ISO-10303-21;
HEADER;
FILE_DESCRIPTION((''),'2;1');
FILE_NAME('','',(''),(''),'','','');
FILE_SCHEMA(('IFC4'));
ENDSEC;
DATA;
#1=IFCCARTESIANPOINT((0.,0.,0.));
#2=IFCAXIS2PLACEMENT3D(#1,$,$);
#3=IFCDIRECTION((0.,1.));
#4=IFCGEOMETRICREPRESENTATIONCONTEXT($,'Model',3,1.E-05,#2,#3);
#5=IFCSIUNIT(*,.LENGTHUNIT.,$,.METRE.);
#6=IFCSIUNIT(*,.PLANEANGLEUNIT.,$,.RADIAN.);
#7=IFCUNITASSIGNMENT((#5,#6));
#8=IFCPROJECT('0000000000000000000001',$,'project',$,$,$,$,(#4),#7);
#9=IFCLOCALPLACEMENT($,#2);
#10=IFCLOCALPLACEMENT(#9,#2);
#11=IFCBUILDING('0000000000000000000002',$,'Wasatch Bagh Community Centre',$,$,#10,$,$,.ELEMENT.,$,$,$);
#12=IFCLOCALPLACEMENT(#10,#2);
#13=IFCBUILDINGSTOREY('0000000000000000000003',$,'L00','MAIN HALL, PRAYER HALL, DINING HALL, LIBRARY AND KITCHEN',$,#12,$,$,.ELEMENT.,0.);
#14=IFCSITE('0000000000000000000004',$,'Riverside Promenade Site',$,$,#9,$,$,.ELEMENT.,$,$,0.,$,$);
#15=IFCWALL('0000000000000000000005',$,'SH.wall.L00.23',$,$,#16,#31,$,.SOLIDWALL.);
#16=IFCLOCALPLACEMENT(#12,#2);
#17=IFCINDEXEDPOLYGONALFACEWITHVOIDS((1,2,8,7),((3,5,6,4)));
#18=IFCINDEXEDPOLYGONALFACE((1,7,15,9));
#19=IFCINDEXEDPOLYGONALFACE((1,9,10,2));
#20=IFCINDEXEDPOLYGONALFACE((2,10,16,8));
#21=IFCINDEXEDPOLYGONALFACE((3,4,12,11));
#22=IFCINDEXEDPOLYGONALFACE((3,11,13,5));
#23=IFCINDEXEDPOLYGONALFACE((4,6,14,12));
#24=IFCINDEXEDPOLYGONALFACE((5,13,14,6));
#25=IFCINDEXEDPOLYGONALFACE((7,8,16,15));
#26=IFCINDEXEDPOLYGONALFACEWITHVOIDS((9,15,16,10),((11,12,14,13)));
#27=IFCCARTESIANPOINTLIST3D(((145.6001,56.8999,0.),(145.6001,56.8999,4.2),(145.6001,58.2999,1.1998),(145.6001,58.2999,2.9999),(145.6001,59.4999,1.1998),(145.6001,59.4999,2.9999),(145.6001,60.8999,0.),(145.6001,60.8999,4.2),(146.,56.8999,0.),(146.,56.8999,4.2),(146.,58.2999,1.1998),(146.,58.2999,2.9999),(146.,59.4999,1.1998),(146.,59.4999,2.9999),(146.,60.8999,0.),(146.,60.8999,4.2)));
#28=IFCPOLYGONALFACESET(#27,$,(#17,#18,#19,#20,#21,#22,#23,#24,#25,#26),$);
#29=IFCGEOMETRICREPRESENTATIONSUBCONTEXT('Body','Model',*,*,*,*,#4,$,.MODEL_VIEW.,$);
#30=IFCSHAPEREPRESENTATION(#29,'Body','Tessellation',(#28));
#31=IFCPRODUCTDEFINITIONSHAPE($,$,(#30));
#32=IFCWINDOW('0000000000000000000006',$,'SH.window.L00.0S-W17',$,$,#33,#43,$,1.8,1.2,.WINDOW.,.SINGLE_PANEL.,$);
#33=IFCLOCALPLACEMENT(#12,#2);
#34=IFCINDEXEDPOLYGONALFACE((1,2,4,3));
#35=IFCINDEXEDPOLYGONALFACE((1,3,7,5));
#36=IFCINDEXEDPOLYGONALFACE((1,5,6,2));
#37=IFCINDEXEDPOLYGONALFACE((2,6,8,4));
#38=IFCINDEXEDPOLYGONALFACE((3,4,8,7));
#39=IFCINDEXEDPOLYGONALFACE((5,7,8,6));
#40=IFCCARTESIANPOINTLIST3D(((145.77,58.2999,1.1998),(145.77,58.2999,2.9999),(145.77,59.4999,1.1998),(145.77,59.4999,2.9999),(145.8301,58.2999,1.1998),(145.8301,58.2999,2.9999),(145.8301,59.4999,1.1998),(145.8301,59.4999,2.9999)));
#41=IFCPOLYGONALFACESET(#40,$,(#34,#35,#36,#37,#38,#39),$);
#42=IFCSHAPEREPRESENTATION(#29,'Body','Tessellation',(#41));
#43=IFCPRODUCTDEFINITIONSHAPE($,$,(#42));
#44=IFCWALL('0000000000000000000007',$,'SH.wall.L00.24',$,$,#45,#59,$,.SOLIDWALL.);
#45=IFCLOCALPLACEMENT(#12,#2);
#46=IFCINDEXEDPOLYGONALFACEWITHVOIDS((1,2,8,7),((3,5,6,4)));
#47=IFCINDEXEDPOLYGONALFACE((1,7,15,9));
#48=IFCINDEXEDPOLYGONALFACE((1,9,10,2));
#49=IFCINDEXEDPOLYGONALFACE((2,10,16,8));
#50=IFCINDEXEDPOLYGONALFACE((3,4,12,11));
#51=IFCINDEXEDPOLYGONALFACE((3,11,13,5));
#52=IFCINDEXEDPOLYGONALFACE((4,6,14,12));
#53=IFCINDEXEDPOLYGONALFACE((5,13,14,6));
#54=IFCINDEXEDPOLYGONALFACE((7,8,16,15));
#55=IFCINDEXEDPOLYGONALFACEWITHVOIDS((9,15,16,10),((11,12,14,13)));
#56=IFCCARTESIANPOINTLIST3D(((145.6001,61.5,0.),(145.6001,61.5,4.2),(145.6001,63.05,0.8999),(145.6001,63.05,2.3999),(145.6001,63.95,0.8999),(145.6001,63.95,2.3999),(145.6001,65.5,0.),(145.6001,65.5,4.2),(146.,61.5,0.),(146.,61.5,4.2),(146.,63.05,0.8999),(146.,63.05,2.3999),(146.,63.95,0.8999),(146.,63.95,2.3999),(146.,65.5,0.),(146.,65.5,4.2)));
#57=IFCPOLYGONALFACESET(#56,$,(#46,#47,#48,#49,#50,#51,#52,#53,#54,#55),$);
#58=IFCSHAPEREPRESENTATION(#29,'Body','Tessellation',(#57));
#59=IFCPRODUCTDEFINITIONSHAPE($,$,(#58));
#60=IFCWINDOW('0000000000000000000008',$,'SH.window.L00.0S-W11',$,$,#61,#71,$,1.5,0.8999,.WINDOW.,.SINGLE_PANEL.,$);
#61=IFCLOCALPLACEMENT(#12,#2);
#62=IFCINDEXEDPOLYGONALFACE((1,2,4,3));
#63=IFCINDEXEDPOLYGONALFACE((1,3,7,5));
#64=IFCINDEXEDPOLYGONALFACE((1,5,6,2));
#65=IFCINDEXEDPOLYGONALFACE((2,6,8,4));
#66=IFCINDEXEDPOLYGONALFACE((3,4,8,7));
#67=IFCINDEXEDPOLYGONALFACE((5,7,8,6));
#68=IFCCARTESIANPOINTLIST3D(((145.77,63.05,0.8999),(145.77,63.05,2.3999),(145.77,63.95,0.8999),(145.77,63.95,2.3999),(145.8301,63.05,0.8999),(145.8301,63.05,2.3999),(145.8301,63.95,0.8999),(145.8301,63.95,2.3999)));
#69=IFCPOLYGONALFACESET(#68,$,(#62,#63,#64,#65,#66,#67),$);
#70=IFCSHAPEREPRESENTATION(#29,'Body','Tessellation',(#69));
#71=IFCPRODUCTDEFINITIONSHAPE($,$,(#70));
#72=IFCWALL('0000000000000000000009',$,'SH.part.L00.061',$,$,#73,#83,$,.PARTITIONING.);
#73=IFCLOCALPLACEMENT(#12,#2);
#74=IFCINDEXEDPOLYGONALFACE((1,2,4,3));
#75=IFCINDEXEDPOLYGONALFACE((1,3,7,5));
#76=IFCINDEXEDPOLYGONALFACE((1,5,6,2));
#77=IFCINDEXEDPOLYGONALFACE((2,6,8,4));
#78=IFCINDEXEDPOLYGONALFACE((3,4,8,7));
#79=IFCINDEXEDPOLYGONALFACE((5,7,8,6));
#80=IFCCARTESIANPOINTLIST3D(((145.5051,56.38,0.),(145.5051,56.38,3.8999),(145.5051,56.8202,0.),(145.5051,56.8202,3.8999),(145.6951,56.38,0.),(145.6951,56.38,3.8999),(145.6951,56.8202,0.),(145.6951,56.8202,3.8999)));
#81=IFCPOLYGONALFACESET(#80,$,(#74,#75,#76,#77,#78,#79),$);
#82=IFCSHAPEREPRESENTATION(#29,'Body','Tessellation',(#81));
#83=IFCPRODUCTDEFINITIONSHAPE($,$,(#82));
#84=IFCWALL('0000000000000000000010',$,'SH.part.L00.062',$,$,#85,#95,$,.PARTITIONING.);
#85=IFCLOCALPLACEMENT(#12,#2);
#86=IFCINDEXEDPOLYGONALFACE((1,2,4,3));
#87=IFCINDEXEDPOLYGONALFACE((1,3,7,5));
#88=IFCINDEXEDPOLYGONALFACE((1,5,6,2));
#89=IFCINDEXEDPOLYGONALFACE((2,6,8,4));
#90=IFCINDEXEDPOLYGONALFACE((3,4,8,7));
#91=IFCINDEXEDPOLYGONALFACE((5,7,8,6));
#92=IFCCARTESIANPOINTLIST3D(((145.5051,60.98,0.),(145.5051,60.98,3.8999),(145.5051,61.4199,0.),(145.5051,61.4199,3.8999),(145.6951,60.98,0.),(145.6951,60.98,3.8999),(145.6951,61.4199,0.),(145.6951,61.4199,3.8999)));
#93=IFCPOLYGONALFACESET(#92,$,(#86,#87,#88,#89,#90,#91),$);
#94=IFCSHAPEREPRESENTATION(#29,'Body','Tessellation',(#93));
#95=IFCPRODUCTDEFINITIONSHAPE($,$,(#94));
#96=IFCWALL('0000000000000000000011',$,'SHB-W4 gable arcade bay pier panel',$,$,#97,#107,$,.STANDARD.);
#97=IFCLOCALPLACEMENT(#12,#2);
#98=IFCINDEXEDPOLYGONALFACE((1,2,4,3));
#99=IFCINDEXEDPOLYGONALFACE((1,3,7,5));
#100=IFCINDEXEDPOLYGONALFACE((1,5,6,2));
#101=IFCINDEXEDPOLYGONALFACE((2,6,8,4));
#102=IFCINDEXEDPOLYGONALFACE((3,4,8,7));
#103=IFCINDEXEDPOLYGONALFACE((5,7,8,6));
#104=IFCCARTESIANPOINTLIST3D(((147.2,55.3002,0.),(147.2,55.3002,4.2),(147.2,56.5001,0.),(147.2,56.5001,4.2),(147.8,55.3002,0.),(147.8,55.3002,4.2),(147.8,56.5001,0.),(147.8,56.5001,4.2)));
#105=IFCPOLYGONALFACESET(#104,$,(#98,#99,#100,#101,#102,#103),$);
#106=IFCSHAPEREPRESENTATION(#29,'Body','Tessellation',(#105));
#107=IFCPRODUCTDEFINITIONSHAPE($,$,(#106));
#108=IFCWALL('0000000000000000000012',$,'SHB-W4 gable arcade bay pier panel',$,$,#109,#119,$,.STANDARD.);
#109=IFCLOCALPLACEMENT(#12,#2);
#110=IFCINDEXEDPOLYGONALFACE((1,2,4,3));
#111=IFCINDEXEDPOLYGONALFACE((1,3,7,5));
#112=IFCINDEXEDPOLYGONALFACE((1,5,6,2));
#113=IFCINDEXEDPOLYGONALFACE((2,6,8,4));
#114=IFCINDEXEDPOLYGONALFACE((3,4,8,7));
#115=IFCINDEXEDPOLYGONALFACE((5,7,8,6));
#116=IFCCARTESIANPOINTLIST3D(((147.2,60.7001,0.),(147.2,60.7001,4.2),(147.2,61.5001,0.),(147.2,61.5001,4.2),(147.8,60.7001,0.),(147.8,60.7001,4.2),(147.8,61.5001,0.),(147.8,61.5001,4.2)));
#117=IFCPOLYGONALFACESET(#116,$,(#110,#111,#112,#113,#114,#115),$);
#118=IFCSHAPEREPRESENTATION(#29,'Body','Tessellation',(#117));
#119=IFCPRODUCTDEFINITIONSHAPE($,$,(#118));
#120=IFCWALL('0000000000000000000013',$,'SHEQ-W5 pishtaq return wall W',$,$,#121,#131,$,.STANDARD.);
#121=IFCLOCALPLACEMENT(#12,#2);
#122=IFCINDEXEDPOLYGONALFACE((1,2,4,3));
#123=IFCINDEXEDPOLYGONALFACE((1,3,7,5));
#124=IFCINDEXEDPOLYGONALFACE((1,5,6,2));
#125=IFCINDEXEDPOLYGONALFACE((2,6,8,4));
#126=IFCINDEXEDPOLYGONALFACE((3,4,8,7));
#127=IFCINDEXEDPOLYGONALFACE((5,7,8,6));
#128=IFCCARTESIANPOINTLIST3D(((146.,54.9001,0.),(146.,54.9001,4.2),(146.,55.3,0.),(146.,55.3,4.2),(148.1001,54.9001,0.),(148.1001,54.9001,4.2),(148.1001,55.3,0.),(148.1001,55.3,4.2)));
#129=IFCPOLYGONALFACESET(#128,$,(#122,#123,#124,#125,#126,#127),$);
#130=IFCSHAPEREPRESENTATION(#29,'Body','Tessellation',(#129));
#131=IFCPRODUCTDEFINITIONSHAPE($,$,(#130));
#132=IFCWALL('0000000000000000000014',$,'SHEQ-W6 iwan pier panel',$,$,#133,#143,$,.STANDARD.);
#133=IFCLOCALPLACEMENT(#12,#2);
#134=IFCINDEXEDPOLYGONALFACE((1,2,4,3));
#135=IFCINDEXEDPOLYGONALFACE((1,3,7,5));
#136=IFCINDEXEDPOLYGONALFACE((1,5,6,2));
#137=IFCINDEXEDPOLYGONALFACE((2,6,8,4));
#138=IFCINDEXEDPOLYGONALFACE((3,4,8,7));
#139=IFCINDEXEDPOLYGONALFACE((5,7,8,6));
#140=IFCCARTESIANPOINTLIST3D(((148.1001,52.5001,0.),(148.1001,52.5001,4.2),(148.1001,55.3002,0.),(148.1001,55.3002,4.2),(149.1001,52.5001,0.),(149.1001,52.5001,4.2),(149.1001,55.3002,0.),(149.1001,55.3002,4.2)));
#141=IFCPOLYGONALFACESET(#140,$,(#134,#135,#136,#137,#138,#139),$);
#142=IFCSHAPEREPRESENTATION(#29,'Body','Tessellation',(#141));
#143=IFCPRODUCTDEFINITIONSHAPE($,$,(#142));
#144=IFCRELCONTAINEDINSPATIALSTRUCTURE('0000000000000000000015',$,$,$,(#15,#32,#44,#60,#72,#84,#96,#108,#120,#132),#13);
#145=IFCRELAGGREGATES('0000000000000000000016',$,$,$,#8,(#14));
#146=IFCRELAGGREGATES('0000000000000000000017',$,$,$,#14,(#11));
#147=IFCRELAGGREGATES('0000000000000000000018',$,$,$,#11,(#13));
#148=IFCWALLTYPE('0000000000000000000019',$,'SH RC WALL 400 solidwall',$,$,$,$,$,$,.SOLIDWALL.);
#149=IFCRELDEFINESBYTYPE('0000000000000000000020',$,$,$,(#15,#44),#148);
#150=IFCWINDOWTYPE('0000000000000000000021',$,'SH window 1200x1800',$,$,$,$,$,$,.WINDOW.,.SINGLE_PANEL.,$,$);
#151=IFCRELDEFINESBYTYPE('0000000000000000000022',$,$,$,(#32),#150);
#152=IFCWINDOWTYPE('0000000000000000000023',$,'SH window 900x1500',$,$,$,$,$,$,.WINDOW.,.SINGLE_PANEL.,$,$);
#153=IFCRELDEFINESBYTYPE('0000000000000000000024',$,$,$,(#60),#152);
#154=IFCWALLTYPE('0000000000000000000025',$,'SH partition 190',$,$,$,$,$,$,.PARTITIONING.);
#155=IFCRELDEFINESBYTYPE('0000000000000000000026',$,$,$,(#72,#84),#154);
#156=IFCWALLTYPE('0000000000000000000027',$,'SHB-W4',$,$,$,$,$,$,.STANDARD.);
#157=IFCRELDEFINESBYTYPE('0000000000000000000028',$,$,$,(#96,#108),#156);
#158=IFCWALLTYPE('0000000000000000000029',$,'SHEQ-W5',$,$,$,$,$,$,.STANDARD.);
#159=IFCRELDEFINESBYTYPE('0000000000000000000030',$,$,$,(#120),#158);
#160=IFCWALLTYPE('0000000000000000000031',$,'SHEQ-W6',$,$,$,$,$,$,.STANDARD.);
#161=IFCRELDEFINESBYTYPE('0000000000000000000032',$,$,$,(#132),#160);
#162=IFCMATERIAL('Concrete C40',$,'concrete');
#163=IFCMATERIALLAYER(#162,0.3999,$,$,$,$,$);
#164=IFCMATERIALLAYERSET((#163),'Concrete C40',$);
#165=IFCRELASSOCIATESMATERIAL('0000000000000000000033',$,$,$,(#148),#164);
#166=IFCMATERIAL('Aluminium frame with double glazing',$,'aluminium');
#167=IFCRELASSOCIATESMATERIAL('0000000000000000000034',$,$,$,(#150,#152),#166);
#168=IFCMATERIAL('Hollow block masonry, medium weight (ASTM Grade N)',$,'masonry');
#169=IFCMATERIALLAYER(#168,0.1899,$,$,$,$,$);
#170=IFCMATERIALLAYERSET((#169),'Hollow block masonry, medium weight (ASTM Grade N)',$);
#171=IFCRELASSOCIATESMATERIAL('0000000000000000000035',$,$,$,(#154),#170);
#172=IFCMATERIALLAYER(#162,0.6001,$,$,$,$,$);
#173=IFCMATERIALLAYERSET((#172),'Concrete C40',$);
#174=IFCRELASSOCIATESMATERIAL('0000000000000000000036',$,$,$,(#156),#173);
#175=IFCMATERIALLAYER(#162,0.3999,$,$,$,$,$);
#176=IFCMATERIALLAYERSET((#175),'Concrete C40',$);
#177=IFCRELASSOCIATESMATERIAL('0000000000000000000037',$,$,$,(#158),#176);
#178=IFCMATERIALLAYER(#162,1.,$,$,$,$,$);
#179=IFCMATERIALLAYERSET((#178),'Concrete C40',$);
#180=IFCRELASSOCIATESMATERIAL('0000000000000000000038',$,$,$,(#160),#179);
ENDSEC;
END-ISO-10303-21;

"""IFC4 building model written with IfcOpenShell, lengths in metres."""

from ifc_helpers import new_model, si_unit, direction, frame, frame_2d, origin, place, context, subcontext, project, spatial, rectangle, extrude, material, layer, layer_set, type_object, element, fill, save


model = new_model("IFC4")

# Units and contexts
model_context = context("Model", 3, precision=1e-05, world=origin(), true_north=direction((0.0, 1.0)))
body_context = subcontext(model_context, "Body", "Model", "MODEL_VIEW")
ifc_project = project(units=[si_unit("LENGTHUNIT", "METRE"), si_unit("PLANEANGLEUNIT", "RADIAN")], contexts=[model_context])

# Site, building, storey
site_placement = place(None, origin())
site = spatial("IfcSite", under=ifc_project, at=site_placement, Name="Riverside Promenade Site", CompositionType="ELEMENT", RefElevation=0.0)
building_placement = place(site_placement, origin())
building = spatial("IfcBuilding", under=site, at=building_placement, Name="Wasatch Bagh Community Centre", CompositionType="ELEMENT")
storey_placement = place(building_placement, origin())
storey = spatial("IfcBuildingStorey", under=building, at=storey_placement, Name="L00", Description="MAIN HALL, PRAYER HALL, DINING HALL, LIBRARY AND KITCHEN", CompositionType="ELEMENT", Elevation=0.0)

# Shared definitions
ifc_material_1 = material(Name="Concrete C40", Category="concrete")

# Walls, openings, windows
ifc_layer_1 = layer(ifc_material_1, 0.3999)
ifc_layer_set_1 = layer_set([ifc_layer_1], Name="Concrete C40")
wall_type_1 = type_object("IfcWallType", Name="SH RC WALL 400 solidwall", PredefinedType="SOLIDWALL", material=ifc_layer_set_1)
wall_1_placement = place(storey_placement, frame((145.8, 56.8999, 0.0), z_axis=(0.0, 0.0, 1.0), x_axis=(0.0, 1.0, 0.0)))
wall_1 = element("IfcWall", 1, at=wall_1_placement, inside=storey, type_object=wall_type_1, Name="SH.wall.L00.23", PredefinedType="SOLIDWALL", context=body_context, shape_type="SweptSolid", body=[
    extrude(rectangle(XDim=4.0, YDim=0.3999, at=frame_2d((2.0, 0.0))), origin(), (0.0, 0.0, 1.0), 4.2),
])
opening_1_placement = place(wall_1_placement, frame((1.3999, 0.0, 1.2)))
opening_1 = element("IfcOpeningElement", 2, at=opening_1_placement, cuts=wall_1, PredefinedType="OPENING", context=body_context, shape_type="SweptSolid", body=[
    extrude(rectangle(XDim=1.2, YDim=1.8, at=frame_2d((0.6001, 0.8999))), frame((0.0, 0.21, 0.0), z_axis=(0.0, -1.0, 0.0), x_axis=(1.0, 0.0, 0.0)), (0.0, 0.0, 1.0), 0.4199),
])
ifc_material_2 = material(Name="Aluminium frame with double glazing", Category="aluminium")
window_type_1 = type_object("IfcWindowType", Name="SH window 1200x1800", PartitioningType="SINGLE_PANEL", PredefinedType="WINDOW", material=ifc_material_2)
window_1_placement = place(opening_1_placement, origin())
window_1 = element("IfcWindow", 3, at=window_1_placement, inside=storey, type_object=window_type_1, Name="SH.window.L00.0S-W17", OverallHeight=1.8, OverallWidth=1.2, PartitioningType="SINGLE_PANEL", PredefinedType="WINDOW", context=body_context, shape_type="SweptSolid", body=[
    extrude(rectangle(XDim=1.2, YDim=1.8, at=frame_2d((0.6001, 0.8999))), frame((0.0, 0.03, 0.0), z_axis=(0.0, -1.0, 0.0), x_axis=(1.0, 0.0, 0.0)), (0.0, 0.0, 1.0), 0.0601),
])
fill(opening_1, window_1)
wall_2_placement = place(storey_placement, frame((145.8, 61.5, 0.0), z_axis=(0.0, 0.0, 1.0), x_axis=(0.0, 1.0, 0.0)))
wall_2 = element("IfcWall", 4, at=wall_2_placement, inside=storey, type_object=wall_type_1, Name="SH.wall.L00.24", PredefinedType="SOLIDWALL", context=body_context, shape_type="SweptSolid", body=[
    extrude(rectangle(XDim=4.0, YDim=0.3999, at=frame_2d((2.0, 0.0))), origin(), (0.0, 0.0, 1.0), 4.2),
])
opening_2_placement = place(wall_2_placement, frame((1.55, 0.0, 0.8999)))
opening_2 = element("IfcOpeningElement", 5, at=opening_2_placement, cuts=wall_2, PredefinedType="OPENING", context=body_context, shape_type="SweptSolid", body=[
    extrude(rectangle(XDim=0.8999, YDim=1.5, at=frame_2d((0.45, 0.75))), frame((0.0, 0.21, 0.0), z_axis=(0.0, -1.0, 0.0), x_axis=(1.0, 0.0, 0.0)), (0.0, 0.0, 1.0), 0.4199),
])
window_type_2 = type_object("IfcWindowType", Name="SH window 900x1500", PartitioningType="SINGLE_PANEL", PredefinedType="WINDOW", material=ifc_material_2)
window_2_placement = place(opening_2_placement, origin())
window_2 = element("IfcWindow", 6, at=window_2_placement, inside=storey, type_object=window_type_2, Name="SH.window.L00.0S-W11", OverallHeight=1.5, OverallWidth=0.8999, PartitioningType="SINGLE_PANEL", PredefinedType="WINDOW", context=body_context, shape_type="SweptSolid", body=[
    extrude(rectangle(XDim=0.8999, YDim=1.5, at=frame_2d((0.45, 0.75))), frame((0.0, 0.03, 0.0), z_axis=(0.0, -1.0, 0.0), x_axis=(1.0, 0.0, 0.0)), (0.0, 0.0, 1.0), 0.0601),
])
fill(opening_2, window_2)

# Walls
ifc_material_3 = material(Name="Hollow block masonry, medium weight (ASTM Grade N)", Category="masonry")
ifc_layer_2 = layer(ifc_material_3, 0.1899)
ifc_layer_set_2 = layer_set([ifc_layer_2], Name="Hollow block masonry, medium weight (ASTM Grade N)")
wall_type_2 = type_object("IfcWallType", Name="SH partition 190", PredefinedType="PARTITIONING", material=ifc_layer_set_2)
wall_3_placement = place(storey_placement, frame((145.6001, 56.3799, 0.0), z_axis=(0.0, 0.0, 1.0), x_axis=(0.0, 1.0, 0.0)))
element("IfcWall", 7, at=wall_3_placement, inside=storey, type_object=wall_type_2, Name="SH.part.L00.061", PredefinedType="PARTITIONING", context=body_context, shape_type="SweptSolid", body=[
    extrude(rectangle(XDim=0.4402, YDim=0.1899, at=frame_2d((0.2202, 0.0))), origin(), (0.0, 0.0, 1.0), 3.8999),
])
wall_4_placement = place(storey_placement, frame((145.6001, 60.98, 0.0), z_axis=(0.0, 0.0, 1.0), x_axis=(0.0, 1.0, 0.0)))
element("IfcWall", 8, at=wall_4_placement, inside=storey, type_object=wall_type_2, Name="SH.part.L00.062", PredefinedType="PARTITIONING", context=body_context, shape_type="SweptSolid", body=[
    extrude(rectangle(XDim=0.4399, YDim=0.1899, at=frame_2d((0.22, 0.0))), origin(), (0.0, 0.0, 1.0), 3.8999),
])
ifc_layer_3 = layer(ifc_material_1, 0.6001)
ifc_layer_set_3 = layer_set([ifc_layer_3], Name="Concrete C40")
wall_type_3 = type_object("IfcWallType", Name="SHB-W4", PredefinedType="STANDARD", material=ifc_layer_set_3)
wall_5_placement = place(storey_placement, frame((147.5, 55.3, 0.0), z_axis=(0.0, 0.0, 1.0), x_axis=(0.0, 1.0, 0.0)))
element("IfcWall", 9, at=wall_5_placement, inside=storey, type_object=wall_type_3, Name="SHB-W4 gable arcade bay pier panel", PredefinedType="STANDARD", context=body_context, shape_type="SweptSolid", body=[
    extrude(rectangle(XDim=1.2, YDim=0.6001, at=frame_2d((0.6001, 0.0))), origin(), (0.0, 0.0, 1.0), 4.2),
])
wall_6_placement = place(storey_placement, frame((147.5, 61.5, 0.0), z_axis=(0.0, 0.0, 1.0), x_axis=(0.0, -1.0, 0.0)))
element("IfcWall", 10, at=wall_6_placement, inside=storey, type_object=wall_type_3, Name="SHB-W4 gable arcade bay pier panel", PredefinedType="STANDARD", context=body_context, shape_type="SweptSolid", body=[
    extrude(rectangle(XDim=0.8, YDim=0.6001, at=frame_2d((0.3999, 0.0))), origin(), (0.0, 0.0, 1.0), 4.2),
])
ifc_layer_4 = layer(ifc_material_1, 0.3999)
ifc_layer_set_4 = layer_set([ifc_layer_4], Name="Concrete C40")
wall_type_4 = type_object("IfcWallType", Name="SHEQ-W5", PredefinedType="STANDARD", material=ifc_layer_set_4)
wall_7_placement = place(storey_placement, frame((148.1001, 55.1001, 0.0), z_axis=(0.0, 0.0, 1.0), x_axis=(-1.0, 0.0, 0.0)))
element("IfcWall", 11, at=wall_7_placement, inside=storey, type_object=wall_type_4, Name="SHEQ-W5 pishtaq return wall W", PredefinedType="STANDARD", context=body_context, shape_type="SweptSolid", body=[
    extrude(rectangle(XDim=2.1001, YDim=0.3999, at=frame_2d((1.05, 0.0))), origin(), (0.0, 0.0, 1.0), 4.2),
])
ifc_layer_5 = layer(ifc_material_1, 1.0)
ifc_layer_set_5 = layer_set([ifc_layer_5], Name="Concrete C40")
wall_type_5 = type_object("IfcWallType", Name="SHEQ-W6", PredefinedType="STANDARD", material=ifc_layer_set_5)
wall_8_placement = place(storey_placement, frame((148.6001, 55.3, 0.0), z_axis=(0.0, 0.0, 1.0), x_axis=(0.0, -1.0, 0.0)))
element("IfcWall", 12, at=wall_8_placement, inside=storey, type_object=wall_type_5, Name="SHEQ-W6 iwan pier panel", PredefinedType="STANDARD", context=body_context, shape_type="SweptSolid", body=[
    extrude(rectangle(XDim=2.8, YDim=1.0, at=frame_2d((1.3999, 0.0))), origin(), (0.0, 0.0, 1.0), 4.2),
])

save(model, "model.ifc")
